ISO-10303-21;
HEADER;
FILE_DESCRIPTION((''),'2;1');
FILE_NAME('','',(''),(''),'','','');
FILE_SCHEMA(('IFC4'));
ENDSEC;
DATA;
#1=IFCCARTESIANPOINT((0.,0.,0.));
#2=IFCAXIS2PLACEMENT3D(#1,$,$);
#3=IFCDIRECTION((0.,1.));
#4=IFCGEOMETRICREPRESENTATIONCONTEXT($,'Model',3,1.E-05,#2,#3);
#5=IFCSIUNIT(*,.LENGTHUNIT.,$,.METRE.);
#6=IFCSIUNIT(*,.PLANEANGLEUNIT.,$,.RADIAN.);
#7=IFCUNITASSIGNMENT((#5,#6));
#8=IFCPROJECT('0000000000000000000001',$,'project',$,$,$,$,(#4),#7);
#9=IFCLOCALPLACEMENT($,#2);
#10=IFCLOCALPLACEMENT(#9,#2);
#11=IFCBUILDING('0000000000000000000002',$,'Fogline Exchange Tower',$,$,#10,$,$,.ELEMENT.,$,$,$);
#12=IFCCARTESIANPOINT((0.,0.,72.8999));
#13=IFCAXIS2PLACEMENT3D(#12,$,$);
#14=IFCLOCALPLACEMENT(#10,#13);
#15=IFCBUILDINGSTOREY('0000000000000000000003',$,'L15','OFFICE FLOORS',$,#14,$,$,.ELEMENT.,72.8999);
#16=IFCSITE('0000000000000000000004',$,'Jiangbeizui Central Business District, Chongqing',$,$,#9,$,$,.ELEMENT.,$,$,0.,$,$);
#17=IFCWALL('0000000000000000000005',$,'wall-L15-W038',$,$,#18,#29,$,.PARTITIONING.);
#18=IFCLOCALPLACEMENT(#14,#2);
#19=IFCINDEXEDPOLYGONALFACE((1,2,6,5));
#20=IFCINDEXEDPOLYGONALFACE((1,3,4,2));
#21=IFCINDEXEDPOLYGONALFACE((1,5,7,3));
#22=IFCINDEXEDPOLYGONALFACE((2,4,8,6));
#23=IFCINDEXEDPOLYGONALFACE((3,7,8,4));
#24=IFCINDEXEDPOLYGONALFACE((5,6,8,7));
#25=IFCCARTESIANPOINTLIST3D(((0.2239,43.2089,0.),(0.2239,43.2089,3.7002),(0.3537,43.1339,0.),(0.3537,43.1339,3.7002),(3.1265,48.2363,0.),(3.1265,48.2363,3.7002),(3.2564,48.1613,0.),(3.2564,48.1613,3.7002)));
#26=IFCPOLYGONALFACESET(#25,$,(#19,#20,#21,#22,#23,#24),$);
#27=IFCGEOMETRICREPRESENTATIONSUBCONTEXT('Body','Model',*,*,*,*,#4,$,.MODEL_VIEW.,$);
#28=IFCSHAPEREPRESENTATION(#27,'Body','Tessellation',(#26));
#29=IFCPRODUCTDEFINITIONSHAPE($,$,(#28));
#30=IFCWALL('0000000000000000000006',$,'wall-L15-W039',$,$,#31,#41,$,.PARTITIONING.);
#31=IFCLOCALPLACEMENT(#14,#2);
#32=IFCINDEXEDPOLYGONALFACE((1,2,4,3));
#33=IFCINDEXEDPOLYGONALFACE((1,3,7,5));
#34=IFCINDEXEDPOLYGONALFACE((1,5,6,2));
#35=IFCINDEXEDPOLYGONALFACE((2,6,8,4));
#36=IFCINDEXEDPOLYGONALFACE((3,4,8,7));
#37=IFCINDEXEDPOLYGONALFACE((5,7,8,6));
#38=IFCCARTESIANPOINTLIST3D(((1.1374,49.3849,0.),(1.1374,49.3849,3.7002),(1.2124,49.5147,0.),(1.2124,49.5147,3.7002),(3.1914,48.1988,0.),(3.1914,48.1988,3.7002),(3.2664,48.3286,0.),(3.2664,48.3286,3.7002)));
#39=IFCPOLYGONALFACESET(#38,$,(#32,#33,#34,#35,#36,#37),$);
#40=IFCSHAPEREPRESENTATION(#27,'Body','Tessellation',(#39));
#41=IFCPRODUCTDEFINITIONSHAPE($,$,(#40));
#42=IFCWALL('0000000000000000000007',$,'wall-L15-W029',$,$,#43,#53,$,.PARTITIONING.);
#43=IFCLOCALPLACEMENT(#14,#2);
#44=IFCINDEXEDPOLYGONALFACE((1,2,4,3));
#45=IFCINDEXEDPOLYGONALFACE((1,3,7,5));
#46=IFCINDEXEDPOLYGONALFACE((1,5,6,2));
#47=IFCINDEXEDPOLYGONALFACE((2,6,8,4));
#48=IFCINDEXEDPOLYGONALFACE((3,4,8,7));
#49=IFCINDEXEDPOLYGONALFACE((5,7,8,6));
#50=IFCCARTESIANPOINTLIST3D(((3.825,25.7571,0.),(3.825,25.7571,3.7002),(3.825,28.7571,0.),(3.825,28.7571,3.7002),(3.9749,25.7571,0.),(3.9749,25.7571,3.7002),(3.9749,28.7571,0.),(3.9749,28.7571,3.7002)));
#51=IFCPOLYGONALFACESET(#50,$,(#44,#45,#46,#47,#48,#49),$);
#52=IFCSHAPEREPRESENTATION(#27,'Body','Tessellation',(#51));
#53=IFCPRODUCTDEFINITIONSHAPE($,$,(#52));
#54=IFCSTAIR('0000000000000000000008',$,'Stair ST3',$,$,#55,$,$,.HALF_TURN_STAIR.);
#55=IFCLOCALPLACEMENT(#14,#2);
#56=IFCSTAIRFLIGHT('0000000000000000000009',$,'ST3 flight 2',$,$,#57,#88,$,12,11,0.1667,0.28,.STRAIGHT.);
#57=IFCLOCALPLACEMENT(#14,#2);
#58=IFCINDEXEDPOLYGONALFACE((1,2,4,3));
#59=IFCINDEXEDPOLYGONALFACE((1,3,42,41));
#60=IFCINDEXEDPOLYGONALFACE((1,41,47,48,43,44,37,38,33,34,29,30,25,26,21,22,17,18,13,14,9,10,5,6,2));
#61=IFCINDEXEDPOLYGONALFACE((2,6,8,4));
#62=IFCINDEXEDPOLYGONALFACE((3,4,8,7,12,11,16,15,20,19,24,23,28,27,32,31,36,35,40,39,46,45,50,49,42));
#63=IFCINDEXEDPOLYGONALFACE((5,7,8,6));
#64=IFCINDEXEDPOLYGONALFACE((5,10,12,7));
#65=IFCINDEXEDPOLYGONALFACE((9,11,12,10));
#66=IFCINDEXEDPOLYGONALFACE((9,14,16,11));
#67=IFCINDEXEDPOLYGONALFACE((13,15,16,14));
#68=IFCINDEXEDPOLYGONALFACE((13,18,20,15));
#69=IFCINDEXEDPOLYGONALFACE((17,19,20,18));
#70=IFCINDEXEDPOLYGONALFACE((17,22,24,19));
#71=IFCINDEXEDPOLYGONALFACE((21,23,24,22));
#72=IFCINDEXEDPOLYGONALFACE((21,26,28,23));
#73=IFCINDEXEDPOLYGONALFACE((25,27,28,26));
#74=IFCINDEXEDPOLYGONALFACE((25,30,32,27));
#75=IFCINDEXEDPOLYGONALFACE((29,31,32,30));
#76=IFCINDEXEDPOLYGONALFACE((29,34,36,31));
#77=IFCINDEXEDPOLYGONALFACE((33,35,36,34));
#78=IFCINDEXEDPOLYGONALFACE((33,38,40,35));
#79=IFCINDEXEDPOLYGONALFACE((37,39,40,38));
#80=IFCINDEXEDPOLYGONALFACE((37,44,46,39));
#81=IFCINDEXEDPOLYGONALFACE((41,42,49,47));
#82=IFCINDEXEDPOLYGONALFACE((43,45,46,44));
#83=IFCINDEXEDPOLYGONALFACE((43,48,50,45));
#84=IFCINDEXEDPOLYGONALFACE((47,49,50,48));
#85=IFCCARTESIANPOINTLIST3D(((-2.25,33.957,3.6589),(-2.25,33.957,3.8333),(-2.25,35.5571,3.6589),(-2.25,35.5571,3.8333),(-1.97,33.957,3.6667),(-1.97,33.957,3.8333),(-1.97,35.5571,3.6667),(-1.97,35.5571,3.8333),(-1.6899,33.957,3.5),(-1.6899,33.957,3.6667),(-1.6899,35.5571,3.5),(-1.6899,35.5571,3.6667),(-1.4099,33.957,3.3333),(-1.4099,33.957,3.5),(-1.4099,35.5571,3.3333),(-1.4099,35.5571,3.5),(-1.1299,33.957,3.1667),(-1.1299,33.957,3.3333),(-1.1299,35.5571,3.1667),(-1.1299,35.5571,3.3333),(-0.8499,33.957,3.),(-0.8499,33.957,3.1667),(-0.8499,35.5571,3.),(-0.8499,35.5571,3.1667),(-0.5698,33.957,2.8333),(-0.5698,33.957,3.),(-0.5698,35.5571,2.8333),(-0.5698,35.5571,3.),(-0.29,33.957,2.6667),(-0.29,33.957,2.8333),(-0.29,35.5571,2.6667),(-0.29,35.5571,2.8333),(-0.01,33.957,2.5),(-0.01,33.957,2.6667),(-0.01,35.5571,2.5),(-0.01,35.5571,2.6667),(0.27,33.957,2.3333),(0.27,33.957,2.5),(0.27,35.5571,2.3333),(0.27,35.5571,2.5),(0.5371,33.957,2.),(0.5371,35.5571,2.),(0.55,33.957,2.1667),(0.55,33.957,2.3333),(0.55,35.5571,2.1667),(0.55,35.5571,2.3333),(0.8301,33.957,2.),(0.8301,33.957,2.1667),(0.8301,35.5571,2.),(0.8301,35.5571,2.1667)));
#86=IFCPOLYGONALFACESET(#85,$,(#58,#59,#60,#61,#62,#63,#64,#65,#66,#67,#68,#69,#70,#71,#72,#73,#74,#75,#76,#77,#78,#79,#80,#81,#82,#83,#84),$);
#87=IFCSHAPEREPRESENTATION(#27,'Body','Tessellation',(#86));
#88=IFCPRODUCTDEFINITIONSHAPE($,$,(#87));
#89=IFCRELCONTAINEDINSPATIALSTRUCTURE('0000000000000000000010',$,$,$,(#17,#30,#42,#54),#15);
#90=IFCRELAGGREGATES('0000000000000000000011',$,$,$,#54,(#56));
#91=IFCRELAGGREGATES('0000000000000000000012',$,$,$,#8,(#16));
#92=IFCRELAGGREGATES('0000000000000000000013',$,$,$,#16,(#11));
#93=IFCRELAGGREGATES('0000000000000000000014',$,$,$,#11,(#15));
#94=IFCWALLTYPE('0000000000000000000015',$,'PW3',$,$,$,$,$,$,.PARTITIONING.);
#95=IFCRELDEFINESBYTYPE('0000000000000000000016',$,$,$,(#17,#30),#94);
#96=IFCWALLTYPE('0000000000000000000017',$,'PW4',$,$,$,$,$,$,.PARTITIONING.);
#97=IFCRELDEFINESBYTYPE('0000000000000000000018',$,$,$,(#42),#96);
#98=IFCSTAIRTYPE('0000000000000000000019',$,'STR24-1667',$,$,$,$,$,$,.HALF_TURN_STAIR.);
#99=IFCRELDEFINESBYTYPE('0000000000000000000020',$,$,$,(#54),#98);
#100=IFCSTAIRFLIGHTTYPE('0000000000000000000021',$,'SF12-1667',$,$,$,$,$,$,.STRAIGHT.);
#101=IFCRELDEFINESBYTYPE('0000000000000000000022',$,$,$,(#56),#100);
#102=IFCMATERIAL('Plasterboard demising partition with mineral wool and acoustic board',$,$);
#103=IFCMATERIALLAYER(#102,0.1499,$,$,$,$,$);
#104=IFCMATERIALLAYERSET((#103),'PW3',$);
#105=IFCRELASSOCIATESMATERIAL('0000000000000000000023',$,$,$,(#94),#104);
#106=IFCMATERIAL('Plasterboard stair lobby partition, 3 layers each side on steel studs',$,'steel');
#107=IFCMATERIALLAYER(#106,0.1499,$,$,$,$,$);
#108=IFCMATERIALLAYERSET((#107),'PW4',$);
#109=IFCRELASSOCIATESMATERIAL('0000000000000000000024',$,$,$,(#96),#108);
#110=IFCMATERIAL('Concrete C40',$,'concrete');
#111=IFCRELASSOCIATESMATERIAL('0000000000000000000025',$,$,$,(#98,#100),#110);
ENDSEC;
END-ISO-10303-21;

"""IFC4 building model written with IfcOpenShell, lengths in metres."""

from ifc_helpers import new_model, si_unit, direction, frame, frame_2d, origin, place, context, subcontext, project, spatial, polyline, rectangle, outline, extrude, material, layer, layer_set, type_object, element, aggregate, save


model = new_model("IFC4")

# Units and contexts
model_context = context("Model", 3, precision=1e-05, world=origin(), true_north=direction((0.0, 1.0)))
body_context = subcontext(model_context, "Body", "Model", "MODEL_VIEW")
ifc_project = project(units=[si_unit("LENGTHUNIT", "METRE"), si_unit("PLANEANGLEUNIT", "RADIAN")], contexts=[model_context])

# Site, building, storey
site_placement = place(None, origin())
site = spatial("IfcSite", under=ifc_project, at=site_placement, Name="Jiangbeizui Central Business District, Chongqing", CompositionType="ELEMENT", RefElevation=0.0)
building_placement = place(site_placement, origin())
building = spatial("IfcBuilding", under=site, at=building_placement, Name="Fogline Exchange Tower", CompositionType="ELEMENT")
storey_placement = place(building_placement, frame((0.0, 0.0, 72.8999)))
storey = spatial("IfcBuildingStorey", under=building, at=storey_placement, Name="L15", Description="OFFICE FLOORS", CompositionType="ELEMENT", Elevation=72.8999)

# Shared definitions
ifc_material_1 = material(Name="Concrete C40", Category="concrete")

# Walls
ifc_material_2 = material(Name="Plasterboard demising partition with mineral wool and acoustic board")
ifc_layer_1 = layer(ifc_material_2, 0.1499)
ifc_layer_set_1 = layer_set([ifc_layer_1], Name="PW3")
wall_type_1 = type_object("IfcWallType", Name="PW3", PredefinedType="PARTITIONING", material=ifc_layer_set_1)
wall_1_placement = place(storey_placement, frame((0.2888, 43.1714, 0.0), z_axis=(0.0, 0.0, 1.0), x_axis=(0.500006, 0.866022, 0.0)))
element("IfcWall", 1, at=wall_1_placement, inside=storey, type_object=wall_type_1, Name="wall-L15-W038", PredefinedType="PARTITIONING", context=body_context, shape_type="SweptSolid", body=[
    extrude(rectangle(XDim=5.8052, YDim=0.1499, at=frame_2d((2.9026, 0.0))), origin(), (0.0, 0.0, 1.0), 3.7002),
])
wall_2_placement = place(storey_placement, frame((3.229, 48.2637, 0.0), z_axis=(0.0, 0.0, 1.0), x_axis=(-0.865992, 0.500058, 0.0)))
element("IfcWall", 2, at=wall_2_placement, inside=storey, type_object=wall_type_1, Name="wall-L15-W039", PredefinedType="PARTITIONING", context=body_context, shape_type="SweptSolid", body=[
    extrude(rectangle(XDim=2.3718, YDim=0.1499, at=frame_2d((1.186, 0.0))), origin(), (0.0, 0.0, 1.0), 3.7002),
])
ifc_material_3 = material(Name="Plasterboard stair lobby partition, 3 layers each side on steel studs", Category="steel")
ifc_layer_2 = layer(ifc_material_3, 0.1499)
ifc_layer_set_2 = layer_set([ifc_layer_2], Name="PW4")
wall_type_2 = type_object("IfcWallType", Name="PW4", PredefinedType="PARTITIONING", material=ifc_layer_set_2)
wall_3_placement = place(storey_placement, frame((3.8999, 28.7571, 0.0), z_axis=(0.0, 0.0, 1.0), x_axis=(0.0, -1.0, 0.0)))
element("IfcWall", 3, at=wall_3_placement, inside=storey, type_object=wall_type_2, Name="wall-L15-W029", PredefinedType="PARTITIONING", context=body_context, shape_type="SweptSolid", body=[
    extrude(rectangle(XDim=3.0, YDim=0.1499, at=frame_2d((1.5, 0.0))), origin(), (0.0, 0.0, 1.0), 3.7002),
])

# Stair, stair flight
stair_type = type_object("IfcStairType", Name="STR24-1667", PredefinedType="HALF_TURN_STAIR", material=ifc_material_1)
stair_placement = place(storey_placement, origin())
stair = element("IfcStair", 4, at=stair_placement, inside=storey, type_object=stair_type, Name="Stair ST3", PredefinedType="HALF_TURN_STAIR")
stair_flight_type = type_object("IfcStairFlightType", Name="SF12-1667", PredefinedType="STRAIGHT", material=ifc_material_1)
stair_flight_placement = place(storey_placement, frame((0.8301, 34.7571, 2.0), z_axis=(0.0, 0.0, 1.0), x_axis=(-1.0, 0.0, 0.0)))
stair_flight = element("IfcStairFlight", 5, at=stair_flight_placement, type_object=stair_flight_type, Name="ST3 flight 2", NumberOfRisers=12, NumberOfTreads=11, PredefinedType="STRAIGHT", RiserHeight=0.1667, TreadLength=0.28, context=body_context, shape_type="SweptSolid", body=[
    extrude(outline(polyline([(0.0, 0.0), (0.0, 0.1667), (0.28, 0.1667), (0.28, 0.3333), (0.5601, 0.3333), (0.5601, 0.5), (0.8401, 0.5), (0.8401, 0.6667), (1.1201, 0.6667), (1.1201, 0.8333), (1.3999, 0.8333), (1.3999, 1.0), (1.6799, 1.0), (1.6799, 1.1667), (1.96, 1.1667), (1.96, 1.3333), (2.24, 1.3333), (2.24, 1.5), (2.52, 1.5), (2.52, 1.6667), (2.8, 1.6667), (2.8, 1.8333), (3.0801, 1.8333), (3.0801, 2.0), (3.0801, 1.6589), (0.293, 0.0), (0.0, 0.0)])), frame((0.0, 0.8, 0.0), z_axis=(0.0, -1.0, 0.0), x_axis=(1.0, 0.0, 0.0)), (0.0, 0.0, 1.0), 1.6001),
])
aggregate(stair, [stair_flight])

save(model, "model.ifc")
